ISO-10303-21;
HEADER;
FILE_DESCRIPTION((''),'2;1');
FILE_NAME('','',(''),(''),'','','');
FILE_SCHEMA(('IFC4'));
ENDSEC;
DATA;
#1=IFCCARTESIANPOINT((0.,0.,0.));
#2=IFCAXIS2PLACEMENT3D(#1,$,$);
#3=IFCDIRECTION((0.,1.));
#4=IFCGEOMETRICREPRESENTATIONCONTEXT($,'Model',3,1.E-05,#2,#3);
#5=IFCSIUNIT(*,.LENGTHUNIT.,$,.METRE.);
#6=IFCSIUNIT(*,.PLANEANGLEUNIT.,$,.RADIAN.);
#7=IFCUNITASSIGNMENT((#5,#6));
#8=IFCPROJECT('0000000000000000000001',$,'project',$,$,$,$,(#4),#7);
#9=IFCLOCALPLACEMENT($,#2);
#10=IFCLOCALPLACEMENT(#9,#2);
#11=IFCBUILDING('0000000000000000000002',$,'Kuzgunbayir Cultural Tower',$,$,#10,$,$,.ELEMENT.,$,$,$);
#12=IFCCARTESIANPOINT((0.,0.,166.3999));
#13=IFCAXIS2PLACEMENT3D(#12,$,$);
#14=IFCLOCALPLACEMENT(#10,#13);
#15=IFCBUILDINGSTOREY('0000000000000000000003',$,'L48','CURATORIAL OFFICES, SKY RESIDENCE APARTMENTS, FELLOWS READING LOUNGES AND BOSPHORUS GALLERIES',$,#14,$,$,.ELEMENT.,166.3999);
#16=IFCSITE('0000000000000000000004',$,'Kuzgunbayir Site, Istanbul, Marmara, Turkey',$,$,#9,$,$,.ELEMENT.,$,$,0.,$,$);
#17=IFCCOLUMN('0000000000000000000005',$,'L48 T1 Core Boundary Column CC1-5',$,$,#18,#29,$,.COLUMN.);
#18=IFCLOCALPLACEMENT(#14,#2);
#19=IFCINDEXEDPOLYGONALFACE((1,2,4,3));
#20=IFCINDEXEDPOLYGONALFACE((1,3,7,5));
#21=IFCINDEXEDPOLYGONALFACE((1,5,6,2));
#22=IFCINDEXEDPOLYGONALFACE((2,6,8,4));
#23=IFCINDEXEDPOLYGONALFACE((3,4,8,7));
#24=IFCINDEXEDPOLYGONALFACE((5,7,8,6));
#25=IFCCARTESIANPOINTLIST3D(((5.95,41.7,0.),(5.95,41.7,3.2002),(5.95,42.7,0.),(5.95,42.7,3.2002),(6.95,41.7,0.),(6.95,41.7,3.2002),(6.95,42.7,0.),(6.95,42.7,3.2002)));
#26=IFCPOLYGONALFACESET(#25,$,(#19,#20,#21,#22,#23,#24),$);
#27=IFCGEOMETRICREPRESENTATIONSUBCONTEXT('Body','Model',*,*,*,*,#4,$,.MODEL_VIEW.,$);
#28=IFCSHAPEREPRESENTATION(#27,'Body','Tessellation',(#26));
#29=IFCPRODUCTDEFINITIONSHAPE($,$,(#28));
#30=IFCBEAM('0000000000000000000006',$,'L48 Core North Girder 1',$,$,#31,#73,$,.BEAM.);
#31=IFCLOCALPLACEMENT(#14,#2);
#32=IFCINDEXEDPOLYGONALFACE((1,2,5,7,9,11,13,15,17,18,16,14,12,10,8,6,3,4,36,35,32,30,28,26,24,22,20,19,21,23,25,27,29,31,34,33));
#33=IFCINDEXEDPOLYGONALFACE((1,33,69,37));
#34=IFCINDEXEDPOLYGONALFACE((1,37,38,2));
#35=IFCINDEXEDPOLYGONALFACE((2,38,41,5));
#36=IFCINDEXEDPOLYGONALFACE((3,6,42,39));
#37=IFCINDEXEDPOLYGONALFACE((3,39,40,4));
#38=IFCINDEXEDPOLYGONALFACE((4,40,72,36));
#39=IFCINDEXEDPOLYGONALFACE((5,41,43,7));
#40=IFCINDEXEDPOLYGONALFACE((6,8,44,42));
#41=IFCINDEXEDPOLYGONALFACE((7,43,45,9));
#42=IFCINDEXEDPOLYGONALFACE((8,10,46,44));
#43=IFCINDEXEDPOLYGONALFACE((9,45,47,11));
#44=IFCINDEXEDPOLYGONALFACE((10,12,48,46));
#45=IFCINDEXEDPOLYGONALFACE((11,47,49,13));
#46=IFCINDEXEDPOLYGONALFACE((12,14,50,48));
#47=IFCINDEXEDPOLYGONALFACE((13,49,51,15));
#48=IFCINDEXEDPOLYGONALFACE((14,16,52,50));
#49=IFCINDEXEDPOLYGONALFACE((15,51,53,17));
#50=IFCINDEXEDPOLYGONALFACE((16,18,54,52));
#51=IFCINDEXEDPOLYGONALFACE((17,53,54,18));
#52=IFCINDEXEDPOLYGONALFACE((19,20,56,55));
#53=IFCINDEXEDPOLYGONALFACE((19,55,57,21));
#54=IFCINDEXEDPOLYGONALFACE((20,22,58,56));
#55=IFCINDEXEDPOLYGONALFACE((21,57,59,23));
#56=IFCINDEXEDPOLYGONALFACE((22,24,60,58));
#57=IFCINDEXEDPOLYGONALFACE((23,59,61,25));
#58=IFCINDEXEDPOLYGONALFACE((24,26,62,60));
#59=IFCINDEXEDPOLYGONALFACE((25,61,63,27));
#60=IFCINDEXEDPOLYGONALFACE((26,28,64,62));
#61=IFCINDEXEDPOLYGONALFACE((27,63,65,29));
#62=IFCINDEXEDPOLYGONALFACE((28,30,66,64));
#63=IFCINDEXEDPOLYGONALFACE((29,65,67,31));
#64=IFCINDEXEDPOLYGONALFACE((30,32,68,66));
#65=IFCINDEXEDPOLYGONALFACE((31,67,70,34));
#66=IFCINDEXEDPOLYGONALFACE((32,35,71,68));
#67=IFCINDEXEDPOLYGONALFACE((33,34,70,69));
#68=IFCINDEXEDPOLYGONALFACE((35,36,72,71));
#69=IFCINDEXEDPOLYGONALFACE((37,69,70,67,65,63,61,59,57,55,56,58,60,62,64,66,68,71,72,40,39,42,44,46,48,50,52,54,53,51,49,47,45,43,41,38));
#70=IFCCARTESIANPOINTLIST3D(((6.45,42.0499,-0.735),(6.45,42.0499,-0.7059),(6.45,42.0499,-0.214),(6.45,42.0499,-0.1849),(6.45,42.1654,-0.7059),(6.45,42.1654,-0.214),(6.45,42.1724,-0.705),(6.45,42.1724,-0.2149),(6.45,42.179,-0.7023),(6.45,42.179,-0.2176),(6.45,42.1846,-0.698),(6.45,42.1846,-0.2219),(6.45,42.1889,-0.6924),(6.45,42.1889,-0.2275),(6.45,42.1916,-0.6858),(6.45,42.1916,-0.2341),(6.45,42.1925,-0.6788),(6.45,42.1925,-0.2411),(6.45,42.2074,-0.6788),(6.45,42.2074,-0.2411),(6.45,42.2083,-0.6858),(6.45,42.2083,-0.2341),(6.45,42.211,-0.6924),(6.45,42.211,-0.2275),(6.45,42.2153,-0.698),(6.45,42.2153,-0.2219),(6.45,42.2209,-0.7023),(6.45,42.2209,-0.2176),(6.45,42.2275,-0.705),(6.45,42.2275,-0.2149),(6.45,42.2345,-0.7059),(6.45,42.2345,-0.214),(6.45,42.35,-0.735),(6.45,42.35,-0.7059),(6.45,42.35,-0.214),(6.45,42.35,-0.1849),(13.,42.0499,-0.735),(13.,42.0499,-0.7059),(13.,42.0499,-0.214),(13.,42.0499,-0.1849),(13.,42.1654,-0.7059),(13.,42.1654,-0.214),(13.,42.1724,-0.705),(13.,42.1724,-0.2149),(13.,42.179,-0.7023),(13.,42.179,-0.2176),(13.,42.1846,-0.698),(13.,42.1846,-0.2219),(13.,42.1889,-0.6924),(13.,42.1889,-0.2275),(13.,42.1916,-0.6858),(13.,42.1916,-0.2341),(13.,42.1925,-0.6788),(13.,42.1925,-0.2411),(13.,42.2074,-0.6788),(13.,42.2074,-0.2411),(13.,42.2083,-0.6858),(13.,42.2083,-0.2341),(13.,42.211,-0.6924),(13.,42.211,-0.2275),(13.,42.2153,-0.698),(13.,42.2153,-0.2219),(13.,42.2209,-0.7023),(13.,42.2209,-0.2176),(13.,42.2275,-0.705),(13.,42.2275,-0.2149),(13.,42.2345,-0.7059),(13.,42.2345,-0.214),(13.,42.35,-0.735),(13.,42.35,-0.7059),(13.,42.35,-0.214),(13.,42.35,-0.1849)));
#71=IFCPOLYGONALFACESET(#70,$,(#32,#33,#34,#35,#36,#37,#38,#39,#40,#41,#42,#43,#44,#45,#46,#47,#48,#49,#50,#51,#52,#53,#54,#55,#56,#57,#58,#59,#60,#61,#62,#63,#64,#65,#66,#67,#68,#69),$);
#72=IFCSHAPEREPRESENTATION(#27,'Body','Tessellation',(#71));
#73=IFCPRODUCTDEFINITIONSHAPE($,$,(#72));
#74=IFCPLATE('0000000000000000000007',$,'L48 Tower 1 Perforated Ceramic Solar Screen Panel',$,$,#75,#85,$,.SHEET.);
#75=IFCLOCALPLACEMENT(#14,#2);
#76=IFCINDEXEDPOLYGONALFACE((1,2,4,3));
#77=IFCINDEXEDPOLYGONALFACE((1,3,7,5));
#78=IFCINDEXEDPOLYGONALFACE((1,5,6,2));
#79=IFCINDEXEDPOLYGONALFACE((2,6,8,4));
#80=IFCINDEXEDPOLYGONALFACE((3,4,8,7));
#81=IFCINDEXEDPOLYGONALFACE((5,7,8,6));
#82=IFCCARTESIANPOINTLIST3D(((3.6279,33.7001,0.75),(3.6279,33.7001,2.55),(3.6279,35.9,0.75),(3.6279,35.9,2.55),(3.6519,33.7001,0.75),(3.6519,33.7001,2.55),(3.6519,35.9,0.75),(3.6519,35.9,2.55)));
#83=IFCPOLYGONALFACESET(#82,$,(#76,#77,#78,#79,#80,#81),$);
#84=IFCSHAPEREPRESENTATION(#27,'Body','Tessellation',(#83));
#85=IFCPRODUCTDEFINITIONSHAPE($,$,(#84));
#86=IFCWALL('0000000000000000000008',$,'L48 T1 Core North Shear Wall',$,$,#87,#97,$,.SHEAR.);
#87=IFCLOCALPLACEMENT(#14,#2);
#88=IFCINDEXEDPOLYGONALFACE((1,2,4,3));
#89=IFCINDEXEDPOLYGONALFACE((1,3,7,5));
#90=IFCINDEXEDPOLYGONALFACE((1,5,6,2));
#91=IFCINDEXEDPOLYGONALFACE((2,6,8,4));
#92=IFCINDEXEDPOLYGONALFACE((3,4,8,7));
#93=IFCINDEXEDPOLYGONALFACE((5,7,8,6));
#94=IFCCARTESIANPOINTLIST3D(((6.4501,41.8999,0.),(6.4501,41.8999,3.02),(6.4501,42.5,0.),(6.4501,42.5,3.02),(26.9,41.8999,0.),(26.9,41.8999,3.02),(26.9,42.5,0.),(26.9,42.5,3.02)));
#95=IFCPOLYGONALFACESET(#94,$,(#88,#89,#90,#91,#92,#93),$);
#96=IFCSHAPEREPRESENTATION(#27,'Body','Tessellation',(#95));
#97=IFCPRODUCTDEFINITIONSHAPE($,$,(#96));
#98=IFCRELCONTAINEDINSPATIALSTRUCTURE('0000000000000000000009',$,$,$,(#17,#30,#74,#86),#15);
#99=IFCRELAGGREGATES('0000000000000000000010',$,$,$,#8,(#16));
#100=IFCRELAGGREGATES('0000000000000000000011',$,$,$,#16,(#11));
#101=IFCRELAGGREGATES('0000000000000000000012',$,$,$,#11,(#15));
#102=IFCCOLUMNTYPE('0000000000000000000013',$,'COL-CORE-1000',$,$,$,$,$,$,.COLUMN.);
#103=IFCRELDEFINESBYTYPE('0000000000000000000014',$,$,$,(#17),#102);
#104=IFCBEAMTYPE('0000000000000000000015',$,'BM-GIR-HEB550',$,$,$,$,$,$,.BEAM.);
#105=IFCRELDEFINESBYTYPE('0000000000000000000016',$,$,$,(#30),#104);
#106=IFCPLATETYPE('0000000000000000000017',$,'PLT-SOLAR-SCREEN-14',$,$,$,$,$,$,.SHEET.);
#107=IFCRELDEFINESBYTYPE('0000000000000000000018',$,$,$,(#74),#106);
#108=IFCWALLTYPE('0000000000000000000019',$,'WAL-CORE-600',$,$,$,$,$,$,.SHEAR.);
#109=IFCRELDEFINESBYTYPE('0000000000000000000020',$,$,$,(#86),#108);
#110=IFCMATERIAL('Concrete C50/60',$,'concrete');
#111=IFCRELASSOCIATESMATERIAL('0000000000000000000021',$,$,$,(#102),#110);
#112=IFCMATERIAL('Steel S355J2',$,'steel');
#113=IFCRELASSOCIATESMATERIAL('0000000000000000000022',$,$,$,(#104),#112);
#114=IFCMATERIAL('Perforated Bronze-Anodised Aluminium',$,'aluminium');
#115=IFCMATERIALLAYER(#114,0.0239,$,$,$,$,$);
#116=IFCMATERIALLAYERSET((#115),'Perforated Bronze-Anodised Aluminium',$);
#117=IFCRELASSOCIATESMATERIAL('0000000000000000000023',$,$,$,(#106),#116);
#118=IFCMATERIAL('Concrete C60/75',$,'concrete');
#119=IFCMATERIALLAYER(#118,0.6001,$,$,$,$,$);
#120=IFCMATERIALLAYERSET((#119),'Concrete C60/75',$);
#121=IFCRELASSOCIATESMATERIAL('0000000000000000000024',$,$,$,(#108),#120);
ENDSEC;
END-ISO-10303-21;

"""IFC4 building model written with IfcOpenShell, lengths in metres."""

from ifc_helpers import new_model, si_unit, direction, frame, frame_2d, origin, origin_2d, place, context, subcontext, project, spatial, rectangle, i_section, extrude, material, layer, layer_set, material_profile, profile_set, type_object, element, save


model = new_model("IFC4")

# Units and contexts
model_context = context("Model", 3, precision=1e-05, world=origin(), true_north=direction((0.0, 1.0)))
body_context = subcontext(model_context, "Body", "Model", "MODEL_VIEW")
ifc_project = project(units=[si_unit("LENGTHUNIT", "METRE"), si_unit("PLANEANGLEUNIT", "RADIAN")], contexts=[model_context])

# Site, building, storey
site_placement = place(None, origin())
site = spatial("IfcSite", under=ifc_project, at=site_placement, Name="Kuzgunbayir Site, Istanbul, Marmara, Turkey", CompositionType="ELEMENT", RefElevation=0.0)
building_placement = place(site_placement, origin())
building = spatial("IfcBuilding", under=site, at=building_placement, Name="Kuzgunbayir Cultural Tower", CompositionType="ELEMENT")
storey_placement = place(building_placement, frame((0.0, 0.0, 166.3999)))
storey = spatial("IfcBuildingStorey", under=building, at=storey_placement, Name="L48", Description="CURATORIAL OFFICES, SKY RESIDENCE APARTMENTS, FELLOWS READING LOUNGES AND BOSPHORUS GALLERIES", CompositionType="ELEMENT", Elevation=166.3999)

# Column
ifc_material_1 = material(Name="Concrete C50/60", Category="concrete")
ifc_material_profile_1 = material_profile(ifc_material_1, rectangle(XDim=1.0, YDim=1.0, at=origin_2d()), Name="RC 1000x1000")
ifc_profile_set_1 = profile_set([ifc_material_profile_1], Name="Concrete C50/60")
column_type = type_object("IfcColumnType", Name="COL-CORE-1000", PredefinedType="COLUMN", material=ifc_profile_set_1)
column_placement = place(storey_placement, frame((6.45, 42.2, 0.0), z_axis=(0.0, 0.0, 1.0), x_axis=(1.0, 0.0, 0.0)))
element("IfcColumn", 1, at=column_placement, inside=storey, type_object=column_type, Name="L48 T1 Core Boundary Column CC1-5", PredefinedType="COLUMN", context=body_context, shape_type="SweptSolid", body=[
    extrude(rectangle(XDim=1.0, YDim=1.0, at=origin_2d()), origin(), (0.0, 0.0, 1.0), 3.2002),
])

# Beam
ifc_material_2 = material(Name="Steel S355J2", Category="steel")
ifc_material_profile_2 = material_profile(ifc_material_2, i_section(OverallWidth=0.3, OverallDepth=0.55, WebThickness=0.0149, FlangeThickness=0.0291, FilletRadius=0.0271, at=origin_2d()), Name="HEB 550")
ifc_profile_set_2 = profile_set([ifc_material_profile_2], Name="Steel S355J2")
beam_type = type_object("IfcBeamType", Name="BM-GIR-HEB550", PredefinedType="BEAM", material=ifc_profile_set_2)
beam_placement = place(storey_placement, frame((6.45, 42.2, -0.46), z_axis=(1.0, 0.0, 0.0), x_axis=(0.0, 1.0, 0.0)))
element("IfcBeam", 2, at=beam_placement, inside=storey, type_object=beam_type, Name="L48 Core North Girder 1", PredefinedType="BEAM", context=body_context, shape_type="SweptSolid", body=[
    extrude(i_section(OverallWidth=0.3, OverallDepth=0.55, WebThickness=0.0149, FlangeThickness=0.0291, FilletRadius=0.0271, at=origin_2d()), origin(), (0.0, 0.0, 1.0), 6.55),
])

# Plate
ifc_material_3 = material(Name="Perforated Bronze-Anodised Aluminium", Category="aluminium")
ifc_layer_1 = layer(ifc_material_3, 0.0239)
ifc_layer_set_1 = layer_set([ifc_layer_1], Name="Perforated Bronze-Anodised Aluminium")
plate_type = type_object("IfcPlateType", Name="PLT-SOLAR-SCREEN-14", PredefinedType="SHEET", material=ifc_layer_set_1)
plate_placement = place(storey_placement, frame((3.6399, 34.8, 0.75), z_axis=(0.0, 0.0, 1.0), x_axis=(1.0, 0.0, 0.0)))
element("IfcPlate", 3, at=plate_placement, inside=storey, type_object=plate_type, Name="L48 Tower 1 Perforated Ceramic Solar Screen Panel", PredefinedType="SHEET", context=body_context, shape_type="SweptSolid", body=[
    extrude(rectangle(XDim=0.0239, YDim=2.2, at=origin_2d()), origin(), (0.0, 0.0, 1.0), 1.8),
])

# Wall
ifc_material_4 = material(Name="Concrete C60/75", Category="concrete")
ifc_layer_2 = layer(ifc_material_4, 0.6001)
ifc_layer_set_2 = layer_set([ifc_layer_2], Name="Concrete C60/75")
wall_type_1 = type_object("IfcWallType", Name="WAL-CORE-600", PredefinedType="SHEAR", material=ifc_layer_set_2)
wall_1_placement = place(storey_placement, frame((6.45, 42.2, 0.0), z_axis=(0.0, 0.0, 1.0), x_axis=(1.0, 0.0, 0.0)))
element("IfcWall", 4, at=wall_1_placement, inside=storey, type_object=wall_type_1, Name="L48 T1 Core North Shear Wall", PredefinedType="SHEAR", context=body_context, shape_type="SweptSolid", body=[
    extrude(rectangle(XDim=20.45, YDim=0.6001, at=frame_2d((10.2251, 0.0))), origin(), (0.0, 0.0, 1.0), 3.02),
])

save(model, "model.ifc")
